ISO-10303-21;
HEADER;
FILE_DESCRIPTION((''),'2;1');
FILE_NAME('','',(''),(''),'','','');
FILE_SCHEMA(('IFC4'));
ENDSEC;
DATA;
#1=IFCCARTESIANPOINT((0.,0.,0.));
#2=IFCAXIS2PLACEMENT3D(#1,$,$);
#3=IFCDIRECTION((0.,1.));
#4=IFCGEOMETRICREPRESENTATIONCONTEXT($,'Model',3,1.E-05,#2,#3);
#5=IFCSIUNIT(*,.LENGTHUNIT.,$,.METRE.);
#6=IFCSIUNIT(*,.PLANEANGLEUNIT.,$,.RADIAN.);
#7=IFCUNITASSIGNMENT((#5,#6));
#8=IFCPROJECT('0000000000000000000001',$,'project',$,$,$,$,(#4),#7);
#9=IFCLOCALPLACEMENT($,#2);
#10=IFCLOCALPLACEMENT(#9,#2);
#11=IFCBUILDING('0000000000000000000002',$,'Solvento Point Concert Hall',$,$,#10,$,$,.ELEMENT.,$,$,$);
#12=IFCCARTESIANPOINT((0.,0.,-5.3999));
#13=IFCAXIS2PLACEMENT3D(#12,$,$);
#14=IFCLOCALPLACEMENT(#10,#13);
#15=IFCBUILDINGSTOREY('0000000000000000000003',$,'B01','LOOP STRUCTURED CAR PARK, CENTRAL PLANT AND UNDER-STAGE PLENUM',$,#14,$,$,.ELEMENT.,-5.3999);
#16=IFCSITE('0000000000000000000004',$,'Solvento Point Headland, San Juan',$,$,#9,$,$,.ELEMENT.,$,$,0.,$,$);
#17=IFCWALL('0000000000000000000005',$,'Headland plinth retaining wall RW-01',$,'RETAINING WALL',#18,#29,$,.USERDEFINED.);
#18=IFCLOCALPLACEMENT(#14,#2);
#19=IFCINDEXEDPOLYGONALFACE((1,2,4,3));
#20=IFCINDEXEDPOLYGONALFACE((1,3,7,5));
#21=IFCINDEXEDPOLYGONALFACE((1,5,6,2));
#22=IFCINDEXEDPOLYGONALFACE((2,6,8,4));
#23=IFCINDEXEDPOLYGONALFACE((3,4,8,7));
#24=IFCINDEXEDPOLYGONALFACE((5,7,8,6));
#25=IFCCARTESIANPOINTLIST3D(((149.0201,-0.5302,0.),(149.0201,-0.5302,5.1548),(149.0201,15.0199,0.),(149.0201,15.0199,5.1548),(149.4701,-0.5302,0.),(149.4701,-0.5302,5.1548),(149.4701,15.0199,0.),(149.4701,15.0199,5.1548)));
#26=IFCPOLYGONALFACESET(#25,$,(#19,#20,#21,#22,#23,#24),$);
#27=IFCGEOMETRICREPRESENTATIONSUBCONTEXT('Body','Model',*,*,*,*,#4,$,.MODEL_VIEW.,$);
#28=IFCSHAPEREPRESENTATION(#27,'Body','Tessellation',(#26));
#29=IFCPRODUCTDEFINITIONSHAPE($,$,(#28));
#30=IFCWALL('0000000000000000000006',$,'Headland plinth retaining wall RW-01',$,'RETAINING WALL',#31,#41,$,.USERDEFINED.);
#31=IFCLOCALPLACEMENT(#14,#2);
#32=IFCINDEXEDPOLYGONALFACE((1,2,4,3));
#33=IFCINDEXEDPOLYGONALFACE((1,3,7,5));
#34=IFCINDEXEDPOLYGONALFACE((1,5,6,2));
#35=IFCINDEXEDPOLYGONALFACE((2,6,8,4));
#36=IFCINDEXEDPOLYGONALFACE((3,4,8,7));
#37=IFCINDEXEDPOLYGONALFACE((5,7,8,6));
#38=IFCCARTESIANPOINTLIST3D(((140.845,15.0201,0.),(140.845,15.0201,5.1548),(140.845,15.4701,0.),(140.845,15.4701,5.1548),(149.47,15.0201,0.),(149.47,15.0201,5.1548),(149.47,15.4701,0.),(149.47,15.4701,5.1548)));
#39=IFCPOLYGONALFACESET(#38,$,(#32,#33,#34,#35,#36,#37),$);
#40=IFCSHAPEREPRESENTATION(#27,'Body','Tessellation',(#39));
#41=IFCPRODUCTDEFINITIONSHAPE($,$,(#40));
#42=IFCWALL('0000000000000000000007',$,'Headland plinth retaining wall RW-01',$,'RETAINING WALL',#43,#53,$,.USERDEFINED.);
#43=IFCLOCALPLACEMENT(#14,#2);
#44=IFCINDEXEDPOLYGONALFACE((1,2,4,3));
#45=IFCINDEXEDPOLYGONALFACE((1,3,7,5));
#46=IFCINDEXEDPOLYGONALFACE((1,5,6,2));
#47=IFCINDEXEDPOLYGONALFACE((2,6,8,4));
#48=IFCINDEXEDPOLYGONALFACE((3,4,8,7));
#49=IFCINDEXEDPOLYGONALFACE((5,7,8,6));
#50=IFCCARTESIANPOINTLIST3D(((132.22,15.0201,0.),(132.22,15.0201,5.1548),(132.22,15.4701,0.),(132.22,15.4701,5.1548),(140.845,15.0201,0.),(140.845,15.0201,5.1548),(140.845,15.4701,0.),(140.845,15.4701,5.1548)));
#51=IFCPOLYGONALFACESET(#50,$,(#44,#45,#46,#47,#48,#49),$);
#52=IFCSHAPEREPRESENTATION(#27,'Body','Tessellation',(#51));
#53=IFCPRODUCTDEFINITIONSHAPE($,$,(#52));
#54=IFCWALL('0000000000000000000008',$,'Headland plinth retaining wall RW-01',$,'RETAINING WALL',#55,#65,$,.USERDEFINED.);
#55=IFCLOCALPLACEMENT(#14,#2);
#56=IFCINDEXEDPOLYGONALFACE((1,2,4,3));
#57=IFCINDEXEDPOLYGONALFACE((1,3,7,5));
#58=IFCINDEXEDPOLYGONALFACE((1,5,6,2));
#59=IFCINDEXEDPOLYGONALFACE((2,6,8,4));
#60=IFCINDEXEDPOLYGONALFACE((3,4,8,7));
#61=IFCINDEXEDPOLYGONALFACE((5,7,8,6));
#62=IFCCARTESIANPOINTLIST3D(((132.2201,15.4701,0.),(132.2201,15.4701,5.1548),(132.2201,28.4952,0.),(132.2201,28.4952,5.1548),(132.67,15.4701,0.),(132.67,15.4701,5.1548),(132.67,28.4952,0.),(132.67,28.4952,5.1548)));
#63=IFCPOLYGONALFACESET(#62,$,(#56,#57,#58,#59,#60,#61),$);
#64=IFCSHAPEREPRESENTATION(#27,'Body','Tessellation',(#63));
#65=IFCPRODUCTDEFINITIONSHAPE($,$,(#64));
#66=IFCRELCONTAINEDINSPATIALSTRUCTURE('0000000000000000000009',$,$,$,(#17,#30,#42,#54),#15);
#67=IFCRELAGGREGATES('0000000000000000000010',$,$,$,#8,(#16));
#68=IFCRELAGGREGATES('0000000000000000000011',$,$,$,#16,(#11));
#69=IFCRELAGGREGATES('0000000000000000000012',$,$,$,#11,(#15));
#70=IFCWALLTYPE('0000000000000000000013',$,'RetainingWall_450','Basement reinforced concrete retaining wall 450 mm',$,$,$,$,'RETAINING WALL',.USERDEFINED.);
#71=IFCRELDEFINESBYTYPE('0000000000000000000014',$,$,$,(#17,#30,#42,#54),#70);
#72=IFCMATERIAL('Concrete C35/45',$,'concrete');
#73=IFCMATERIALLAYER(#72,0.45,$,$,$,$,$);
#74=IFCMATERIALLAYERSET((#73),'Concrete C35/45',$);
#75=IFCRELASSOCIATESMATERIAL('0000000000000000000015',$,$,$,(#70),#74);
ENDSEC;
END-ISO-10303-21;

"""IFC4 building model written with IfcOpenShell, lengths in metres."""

from ifc_helpers import new_model, si_unit, direction, frame, frame_2d, origin, place, context, subcontext, project, spatial, rectangle, extrude, material, layer, layer_set, type_object, element, save


model = new_model("IFC4")

# Units and contexts
model_context = context("Model", 3, precision=1e-05, world=origin(), true_north=direction((0.0, 1.0)))
body_context = subcontext(model_context, "Body", "Model", "MODEL_VIEW")
ifc_project = project(units=[si_unit("LENGTHUNIT", "METRE"), si_unit("PLANEANGLEUNIT", "RADIAN")], contexts=[model_context])

# Site, building, storey
site_placement = place(None, origin())
site = spatial("IfcSite", under=ifc_project, at=site_placement, Name="Solvento Point Headland, San Juan", CompositionType="ELEMENT", RefElevation=0.0)
building_placement = place(site_placement, origin())
building = spatial("IfcBuilding", under=site, at=building_placement, Name="Solvento Point Concert Hall", CompositionType="ELEMENT")
storey_placement = place(building_placement, frame((0.0, 0.0, -5.3999)))
storey = spatial("IfcBuildingStorey", under=building, at=storey_placement, Name="B01", Description="LOOP STRUCTURED CAR PARK, CENTRAL PLANT AND UNDER-STAGE PLENUM", CompositionType="ELEMENT", Elevation=-5.3999)

# Walls
ifc_material_1 = material(Name="Concrete C35/45", Category="concrete")
ifc_layer = layer(ifc_material_1, 0.45)
ifc_layer_set = layer_set([ifc_layer], Name="Concrete C35/45")
wall_type = type_object("IfcWallType", Name="RetainingWall_450", Description="Basement reinforced concrete retaining wall 450 mm", ElementType="RETAINING WALL", PredefinedType="USERDEFINED", material=ifc_layer_set)
wall_1_placement = place(storey_placement, frame((149.2451, -0.53, 0.0), z_axis=(0.0, 0.0, 1.0), x_axis=(0.0, 1.0, 0.0)))
element("IfcWall", 1, at=wall_1_placement, inside=storey, type_object=wall_type, Name="Headland plinth retaining wall RW-01", ObjectType="RETAINING WALL", PredefinedType="USERDEFINED", context=body_context, shape_type="SweptSolid", body=[
    extrude(rectangle(XDim=15.55, YDim=0.45, at=frame_2d((7.7749, 0.0))), origin(), (0.0, 0.0, 1.0), 5.1548),
])
for number, where, z_axis, x_axis, name in (
    (2, (149.47, 15.2451, 0.0), (0.0, 0.0, 1.0), (-1.0, 0.0, 0.0), "Headland plinth retaining wall RW-01"),
    (3, (140.845, 15.2451, 0.0), (0.0, 0.0, 1.0), (-1.0, 0.0, 0.0), "Headland plinth retaining wall RW-01"),
):
    element("IfcWall", number, at=place(storey_placement, frame(where, z_axis=z_axis, x_axis=x_axis)), inside=storey, type_object=wall_type, Name=name, ObjectType="RETAINING WALL", PredefinedType="USERDEFINED", context=body_context, shape_type="SweptSolid", body=[
        extrude(rectangle(XDim=8.625, YDim=0.45, at=frame_2d((4.3125, 0.0))), origin(), (0.0, 0.0, 1.0), 5.1548),
    ])
wall_2_placement = place(storey_placement, frame((132.4451, 15.47, 0.0), z_axis=(0.0, 0.0, 1.0), x_axis=(0.0, 1.0, 0.0)))
element("IfcWall", 4, at=wall_2_placement, inside=storey, type_object=wall_type, Name="Headland plinth retaining wall RW-01", ObjectType="RETAINING WALL", PredefinedType="USERDEFINED", context=body_context, shape_type="SweptSolid", body=[
    extrude(rectangle(XDim=13.0251, YDim=0.45, at=frame_2d((6.5127, 0.0))), origin(), (0.0, 0.0, 1.0), 5.1548),
])

save(model, "model.ifc")
